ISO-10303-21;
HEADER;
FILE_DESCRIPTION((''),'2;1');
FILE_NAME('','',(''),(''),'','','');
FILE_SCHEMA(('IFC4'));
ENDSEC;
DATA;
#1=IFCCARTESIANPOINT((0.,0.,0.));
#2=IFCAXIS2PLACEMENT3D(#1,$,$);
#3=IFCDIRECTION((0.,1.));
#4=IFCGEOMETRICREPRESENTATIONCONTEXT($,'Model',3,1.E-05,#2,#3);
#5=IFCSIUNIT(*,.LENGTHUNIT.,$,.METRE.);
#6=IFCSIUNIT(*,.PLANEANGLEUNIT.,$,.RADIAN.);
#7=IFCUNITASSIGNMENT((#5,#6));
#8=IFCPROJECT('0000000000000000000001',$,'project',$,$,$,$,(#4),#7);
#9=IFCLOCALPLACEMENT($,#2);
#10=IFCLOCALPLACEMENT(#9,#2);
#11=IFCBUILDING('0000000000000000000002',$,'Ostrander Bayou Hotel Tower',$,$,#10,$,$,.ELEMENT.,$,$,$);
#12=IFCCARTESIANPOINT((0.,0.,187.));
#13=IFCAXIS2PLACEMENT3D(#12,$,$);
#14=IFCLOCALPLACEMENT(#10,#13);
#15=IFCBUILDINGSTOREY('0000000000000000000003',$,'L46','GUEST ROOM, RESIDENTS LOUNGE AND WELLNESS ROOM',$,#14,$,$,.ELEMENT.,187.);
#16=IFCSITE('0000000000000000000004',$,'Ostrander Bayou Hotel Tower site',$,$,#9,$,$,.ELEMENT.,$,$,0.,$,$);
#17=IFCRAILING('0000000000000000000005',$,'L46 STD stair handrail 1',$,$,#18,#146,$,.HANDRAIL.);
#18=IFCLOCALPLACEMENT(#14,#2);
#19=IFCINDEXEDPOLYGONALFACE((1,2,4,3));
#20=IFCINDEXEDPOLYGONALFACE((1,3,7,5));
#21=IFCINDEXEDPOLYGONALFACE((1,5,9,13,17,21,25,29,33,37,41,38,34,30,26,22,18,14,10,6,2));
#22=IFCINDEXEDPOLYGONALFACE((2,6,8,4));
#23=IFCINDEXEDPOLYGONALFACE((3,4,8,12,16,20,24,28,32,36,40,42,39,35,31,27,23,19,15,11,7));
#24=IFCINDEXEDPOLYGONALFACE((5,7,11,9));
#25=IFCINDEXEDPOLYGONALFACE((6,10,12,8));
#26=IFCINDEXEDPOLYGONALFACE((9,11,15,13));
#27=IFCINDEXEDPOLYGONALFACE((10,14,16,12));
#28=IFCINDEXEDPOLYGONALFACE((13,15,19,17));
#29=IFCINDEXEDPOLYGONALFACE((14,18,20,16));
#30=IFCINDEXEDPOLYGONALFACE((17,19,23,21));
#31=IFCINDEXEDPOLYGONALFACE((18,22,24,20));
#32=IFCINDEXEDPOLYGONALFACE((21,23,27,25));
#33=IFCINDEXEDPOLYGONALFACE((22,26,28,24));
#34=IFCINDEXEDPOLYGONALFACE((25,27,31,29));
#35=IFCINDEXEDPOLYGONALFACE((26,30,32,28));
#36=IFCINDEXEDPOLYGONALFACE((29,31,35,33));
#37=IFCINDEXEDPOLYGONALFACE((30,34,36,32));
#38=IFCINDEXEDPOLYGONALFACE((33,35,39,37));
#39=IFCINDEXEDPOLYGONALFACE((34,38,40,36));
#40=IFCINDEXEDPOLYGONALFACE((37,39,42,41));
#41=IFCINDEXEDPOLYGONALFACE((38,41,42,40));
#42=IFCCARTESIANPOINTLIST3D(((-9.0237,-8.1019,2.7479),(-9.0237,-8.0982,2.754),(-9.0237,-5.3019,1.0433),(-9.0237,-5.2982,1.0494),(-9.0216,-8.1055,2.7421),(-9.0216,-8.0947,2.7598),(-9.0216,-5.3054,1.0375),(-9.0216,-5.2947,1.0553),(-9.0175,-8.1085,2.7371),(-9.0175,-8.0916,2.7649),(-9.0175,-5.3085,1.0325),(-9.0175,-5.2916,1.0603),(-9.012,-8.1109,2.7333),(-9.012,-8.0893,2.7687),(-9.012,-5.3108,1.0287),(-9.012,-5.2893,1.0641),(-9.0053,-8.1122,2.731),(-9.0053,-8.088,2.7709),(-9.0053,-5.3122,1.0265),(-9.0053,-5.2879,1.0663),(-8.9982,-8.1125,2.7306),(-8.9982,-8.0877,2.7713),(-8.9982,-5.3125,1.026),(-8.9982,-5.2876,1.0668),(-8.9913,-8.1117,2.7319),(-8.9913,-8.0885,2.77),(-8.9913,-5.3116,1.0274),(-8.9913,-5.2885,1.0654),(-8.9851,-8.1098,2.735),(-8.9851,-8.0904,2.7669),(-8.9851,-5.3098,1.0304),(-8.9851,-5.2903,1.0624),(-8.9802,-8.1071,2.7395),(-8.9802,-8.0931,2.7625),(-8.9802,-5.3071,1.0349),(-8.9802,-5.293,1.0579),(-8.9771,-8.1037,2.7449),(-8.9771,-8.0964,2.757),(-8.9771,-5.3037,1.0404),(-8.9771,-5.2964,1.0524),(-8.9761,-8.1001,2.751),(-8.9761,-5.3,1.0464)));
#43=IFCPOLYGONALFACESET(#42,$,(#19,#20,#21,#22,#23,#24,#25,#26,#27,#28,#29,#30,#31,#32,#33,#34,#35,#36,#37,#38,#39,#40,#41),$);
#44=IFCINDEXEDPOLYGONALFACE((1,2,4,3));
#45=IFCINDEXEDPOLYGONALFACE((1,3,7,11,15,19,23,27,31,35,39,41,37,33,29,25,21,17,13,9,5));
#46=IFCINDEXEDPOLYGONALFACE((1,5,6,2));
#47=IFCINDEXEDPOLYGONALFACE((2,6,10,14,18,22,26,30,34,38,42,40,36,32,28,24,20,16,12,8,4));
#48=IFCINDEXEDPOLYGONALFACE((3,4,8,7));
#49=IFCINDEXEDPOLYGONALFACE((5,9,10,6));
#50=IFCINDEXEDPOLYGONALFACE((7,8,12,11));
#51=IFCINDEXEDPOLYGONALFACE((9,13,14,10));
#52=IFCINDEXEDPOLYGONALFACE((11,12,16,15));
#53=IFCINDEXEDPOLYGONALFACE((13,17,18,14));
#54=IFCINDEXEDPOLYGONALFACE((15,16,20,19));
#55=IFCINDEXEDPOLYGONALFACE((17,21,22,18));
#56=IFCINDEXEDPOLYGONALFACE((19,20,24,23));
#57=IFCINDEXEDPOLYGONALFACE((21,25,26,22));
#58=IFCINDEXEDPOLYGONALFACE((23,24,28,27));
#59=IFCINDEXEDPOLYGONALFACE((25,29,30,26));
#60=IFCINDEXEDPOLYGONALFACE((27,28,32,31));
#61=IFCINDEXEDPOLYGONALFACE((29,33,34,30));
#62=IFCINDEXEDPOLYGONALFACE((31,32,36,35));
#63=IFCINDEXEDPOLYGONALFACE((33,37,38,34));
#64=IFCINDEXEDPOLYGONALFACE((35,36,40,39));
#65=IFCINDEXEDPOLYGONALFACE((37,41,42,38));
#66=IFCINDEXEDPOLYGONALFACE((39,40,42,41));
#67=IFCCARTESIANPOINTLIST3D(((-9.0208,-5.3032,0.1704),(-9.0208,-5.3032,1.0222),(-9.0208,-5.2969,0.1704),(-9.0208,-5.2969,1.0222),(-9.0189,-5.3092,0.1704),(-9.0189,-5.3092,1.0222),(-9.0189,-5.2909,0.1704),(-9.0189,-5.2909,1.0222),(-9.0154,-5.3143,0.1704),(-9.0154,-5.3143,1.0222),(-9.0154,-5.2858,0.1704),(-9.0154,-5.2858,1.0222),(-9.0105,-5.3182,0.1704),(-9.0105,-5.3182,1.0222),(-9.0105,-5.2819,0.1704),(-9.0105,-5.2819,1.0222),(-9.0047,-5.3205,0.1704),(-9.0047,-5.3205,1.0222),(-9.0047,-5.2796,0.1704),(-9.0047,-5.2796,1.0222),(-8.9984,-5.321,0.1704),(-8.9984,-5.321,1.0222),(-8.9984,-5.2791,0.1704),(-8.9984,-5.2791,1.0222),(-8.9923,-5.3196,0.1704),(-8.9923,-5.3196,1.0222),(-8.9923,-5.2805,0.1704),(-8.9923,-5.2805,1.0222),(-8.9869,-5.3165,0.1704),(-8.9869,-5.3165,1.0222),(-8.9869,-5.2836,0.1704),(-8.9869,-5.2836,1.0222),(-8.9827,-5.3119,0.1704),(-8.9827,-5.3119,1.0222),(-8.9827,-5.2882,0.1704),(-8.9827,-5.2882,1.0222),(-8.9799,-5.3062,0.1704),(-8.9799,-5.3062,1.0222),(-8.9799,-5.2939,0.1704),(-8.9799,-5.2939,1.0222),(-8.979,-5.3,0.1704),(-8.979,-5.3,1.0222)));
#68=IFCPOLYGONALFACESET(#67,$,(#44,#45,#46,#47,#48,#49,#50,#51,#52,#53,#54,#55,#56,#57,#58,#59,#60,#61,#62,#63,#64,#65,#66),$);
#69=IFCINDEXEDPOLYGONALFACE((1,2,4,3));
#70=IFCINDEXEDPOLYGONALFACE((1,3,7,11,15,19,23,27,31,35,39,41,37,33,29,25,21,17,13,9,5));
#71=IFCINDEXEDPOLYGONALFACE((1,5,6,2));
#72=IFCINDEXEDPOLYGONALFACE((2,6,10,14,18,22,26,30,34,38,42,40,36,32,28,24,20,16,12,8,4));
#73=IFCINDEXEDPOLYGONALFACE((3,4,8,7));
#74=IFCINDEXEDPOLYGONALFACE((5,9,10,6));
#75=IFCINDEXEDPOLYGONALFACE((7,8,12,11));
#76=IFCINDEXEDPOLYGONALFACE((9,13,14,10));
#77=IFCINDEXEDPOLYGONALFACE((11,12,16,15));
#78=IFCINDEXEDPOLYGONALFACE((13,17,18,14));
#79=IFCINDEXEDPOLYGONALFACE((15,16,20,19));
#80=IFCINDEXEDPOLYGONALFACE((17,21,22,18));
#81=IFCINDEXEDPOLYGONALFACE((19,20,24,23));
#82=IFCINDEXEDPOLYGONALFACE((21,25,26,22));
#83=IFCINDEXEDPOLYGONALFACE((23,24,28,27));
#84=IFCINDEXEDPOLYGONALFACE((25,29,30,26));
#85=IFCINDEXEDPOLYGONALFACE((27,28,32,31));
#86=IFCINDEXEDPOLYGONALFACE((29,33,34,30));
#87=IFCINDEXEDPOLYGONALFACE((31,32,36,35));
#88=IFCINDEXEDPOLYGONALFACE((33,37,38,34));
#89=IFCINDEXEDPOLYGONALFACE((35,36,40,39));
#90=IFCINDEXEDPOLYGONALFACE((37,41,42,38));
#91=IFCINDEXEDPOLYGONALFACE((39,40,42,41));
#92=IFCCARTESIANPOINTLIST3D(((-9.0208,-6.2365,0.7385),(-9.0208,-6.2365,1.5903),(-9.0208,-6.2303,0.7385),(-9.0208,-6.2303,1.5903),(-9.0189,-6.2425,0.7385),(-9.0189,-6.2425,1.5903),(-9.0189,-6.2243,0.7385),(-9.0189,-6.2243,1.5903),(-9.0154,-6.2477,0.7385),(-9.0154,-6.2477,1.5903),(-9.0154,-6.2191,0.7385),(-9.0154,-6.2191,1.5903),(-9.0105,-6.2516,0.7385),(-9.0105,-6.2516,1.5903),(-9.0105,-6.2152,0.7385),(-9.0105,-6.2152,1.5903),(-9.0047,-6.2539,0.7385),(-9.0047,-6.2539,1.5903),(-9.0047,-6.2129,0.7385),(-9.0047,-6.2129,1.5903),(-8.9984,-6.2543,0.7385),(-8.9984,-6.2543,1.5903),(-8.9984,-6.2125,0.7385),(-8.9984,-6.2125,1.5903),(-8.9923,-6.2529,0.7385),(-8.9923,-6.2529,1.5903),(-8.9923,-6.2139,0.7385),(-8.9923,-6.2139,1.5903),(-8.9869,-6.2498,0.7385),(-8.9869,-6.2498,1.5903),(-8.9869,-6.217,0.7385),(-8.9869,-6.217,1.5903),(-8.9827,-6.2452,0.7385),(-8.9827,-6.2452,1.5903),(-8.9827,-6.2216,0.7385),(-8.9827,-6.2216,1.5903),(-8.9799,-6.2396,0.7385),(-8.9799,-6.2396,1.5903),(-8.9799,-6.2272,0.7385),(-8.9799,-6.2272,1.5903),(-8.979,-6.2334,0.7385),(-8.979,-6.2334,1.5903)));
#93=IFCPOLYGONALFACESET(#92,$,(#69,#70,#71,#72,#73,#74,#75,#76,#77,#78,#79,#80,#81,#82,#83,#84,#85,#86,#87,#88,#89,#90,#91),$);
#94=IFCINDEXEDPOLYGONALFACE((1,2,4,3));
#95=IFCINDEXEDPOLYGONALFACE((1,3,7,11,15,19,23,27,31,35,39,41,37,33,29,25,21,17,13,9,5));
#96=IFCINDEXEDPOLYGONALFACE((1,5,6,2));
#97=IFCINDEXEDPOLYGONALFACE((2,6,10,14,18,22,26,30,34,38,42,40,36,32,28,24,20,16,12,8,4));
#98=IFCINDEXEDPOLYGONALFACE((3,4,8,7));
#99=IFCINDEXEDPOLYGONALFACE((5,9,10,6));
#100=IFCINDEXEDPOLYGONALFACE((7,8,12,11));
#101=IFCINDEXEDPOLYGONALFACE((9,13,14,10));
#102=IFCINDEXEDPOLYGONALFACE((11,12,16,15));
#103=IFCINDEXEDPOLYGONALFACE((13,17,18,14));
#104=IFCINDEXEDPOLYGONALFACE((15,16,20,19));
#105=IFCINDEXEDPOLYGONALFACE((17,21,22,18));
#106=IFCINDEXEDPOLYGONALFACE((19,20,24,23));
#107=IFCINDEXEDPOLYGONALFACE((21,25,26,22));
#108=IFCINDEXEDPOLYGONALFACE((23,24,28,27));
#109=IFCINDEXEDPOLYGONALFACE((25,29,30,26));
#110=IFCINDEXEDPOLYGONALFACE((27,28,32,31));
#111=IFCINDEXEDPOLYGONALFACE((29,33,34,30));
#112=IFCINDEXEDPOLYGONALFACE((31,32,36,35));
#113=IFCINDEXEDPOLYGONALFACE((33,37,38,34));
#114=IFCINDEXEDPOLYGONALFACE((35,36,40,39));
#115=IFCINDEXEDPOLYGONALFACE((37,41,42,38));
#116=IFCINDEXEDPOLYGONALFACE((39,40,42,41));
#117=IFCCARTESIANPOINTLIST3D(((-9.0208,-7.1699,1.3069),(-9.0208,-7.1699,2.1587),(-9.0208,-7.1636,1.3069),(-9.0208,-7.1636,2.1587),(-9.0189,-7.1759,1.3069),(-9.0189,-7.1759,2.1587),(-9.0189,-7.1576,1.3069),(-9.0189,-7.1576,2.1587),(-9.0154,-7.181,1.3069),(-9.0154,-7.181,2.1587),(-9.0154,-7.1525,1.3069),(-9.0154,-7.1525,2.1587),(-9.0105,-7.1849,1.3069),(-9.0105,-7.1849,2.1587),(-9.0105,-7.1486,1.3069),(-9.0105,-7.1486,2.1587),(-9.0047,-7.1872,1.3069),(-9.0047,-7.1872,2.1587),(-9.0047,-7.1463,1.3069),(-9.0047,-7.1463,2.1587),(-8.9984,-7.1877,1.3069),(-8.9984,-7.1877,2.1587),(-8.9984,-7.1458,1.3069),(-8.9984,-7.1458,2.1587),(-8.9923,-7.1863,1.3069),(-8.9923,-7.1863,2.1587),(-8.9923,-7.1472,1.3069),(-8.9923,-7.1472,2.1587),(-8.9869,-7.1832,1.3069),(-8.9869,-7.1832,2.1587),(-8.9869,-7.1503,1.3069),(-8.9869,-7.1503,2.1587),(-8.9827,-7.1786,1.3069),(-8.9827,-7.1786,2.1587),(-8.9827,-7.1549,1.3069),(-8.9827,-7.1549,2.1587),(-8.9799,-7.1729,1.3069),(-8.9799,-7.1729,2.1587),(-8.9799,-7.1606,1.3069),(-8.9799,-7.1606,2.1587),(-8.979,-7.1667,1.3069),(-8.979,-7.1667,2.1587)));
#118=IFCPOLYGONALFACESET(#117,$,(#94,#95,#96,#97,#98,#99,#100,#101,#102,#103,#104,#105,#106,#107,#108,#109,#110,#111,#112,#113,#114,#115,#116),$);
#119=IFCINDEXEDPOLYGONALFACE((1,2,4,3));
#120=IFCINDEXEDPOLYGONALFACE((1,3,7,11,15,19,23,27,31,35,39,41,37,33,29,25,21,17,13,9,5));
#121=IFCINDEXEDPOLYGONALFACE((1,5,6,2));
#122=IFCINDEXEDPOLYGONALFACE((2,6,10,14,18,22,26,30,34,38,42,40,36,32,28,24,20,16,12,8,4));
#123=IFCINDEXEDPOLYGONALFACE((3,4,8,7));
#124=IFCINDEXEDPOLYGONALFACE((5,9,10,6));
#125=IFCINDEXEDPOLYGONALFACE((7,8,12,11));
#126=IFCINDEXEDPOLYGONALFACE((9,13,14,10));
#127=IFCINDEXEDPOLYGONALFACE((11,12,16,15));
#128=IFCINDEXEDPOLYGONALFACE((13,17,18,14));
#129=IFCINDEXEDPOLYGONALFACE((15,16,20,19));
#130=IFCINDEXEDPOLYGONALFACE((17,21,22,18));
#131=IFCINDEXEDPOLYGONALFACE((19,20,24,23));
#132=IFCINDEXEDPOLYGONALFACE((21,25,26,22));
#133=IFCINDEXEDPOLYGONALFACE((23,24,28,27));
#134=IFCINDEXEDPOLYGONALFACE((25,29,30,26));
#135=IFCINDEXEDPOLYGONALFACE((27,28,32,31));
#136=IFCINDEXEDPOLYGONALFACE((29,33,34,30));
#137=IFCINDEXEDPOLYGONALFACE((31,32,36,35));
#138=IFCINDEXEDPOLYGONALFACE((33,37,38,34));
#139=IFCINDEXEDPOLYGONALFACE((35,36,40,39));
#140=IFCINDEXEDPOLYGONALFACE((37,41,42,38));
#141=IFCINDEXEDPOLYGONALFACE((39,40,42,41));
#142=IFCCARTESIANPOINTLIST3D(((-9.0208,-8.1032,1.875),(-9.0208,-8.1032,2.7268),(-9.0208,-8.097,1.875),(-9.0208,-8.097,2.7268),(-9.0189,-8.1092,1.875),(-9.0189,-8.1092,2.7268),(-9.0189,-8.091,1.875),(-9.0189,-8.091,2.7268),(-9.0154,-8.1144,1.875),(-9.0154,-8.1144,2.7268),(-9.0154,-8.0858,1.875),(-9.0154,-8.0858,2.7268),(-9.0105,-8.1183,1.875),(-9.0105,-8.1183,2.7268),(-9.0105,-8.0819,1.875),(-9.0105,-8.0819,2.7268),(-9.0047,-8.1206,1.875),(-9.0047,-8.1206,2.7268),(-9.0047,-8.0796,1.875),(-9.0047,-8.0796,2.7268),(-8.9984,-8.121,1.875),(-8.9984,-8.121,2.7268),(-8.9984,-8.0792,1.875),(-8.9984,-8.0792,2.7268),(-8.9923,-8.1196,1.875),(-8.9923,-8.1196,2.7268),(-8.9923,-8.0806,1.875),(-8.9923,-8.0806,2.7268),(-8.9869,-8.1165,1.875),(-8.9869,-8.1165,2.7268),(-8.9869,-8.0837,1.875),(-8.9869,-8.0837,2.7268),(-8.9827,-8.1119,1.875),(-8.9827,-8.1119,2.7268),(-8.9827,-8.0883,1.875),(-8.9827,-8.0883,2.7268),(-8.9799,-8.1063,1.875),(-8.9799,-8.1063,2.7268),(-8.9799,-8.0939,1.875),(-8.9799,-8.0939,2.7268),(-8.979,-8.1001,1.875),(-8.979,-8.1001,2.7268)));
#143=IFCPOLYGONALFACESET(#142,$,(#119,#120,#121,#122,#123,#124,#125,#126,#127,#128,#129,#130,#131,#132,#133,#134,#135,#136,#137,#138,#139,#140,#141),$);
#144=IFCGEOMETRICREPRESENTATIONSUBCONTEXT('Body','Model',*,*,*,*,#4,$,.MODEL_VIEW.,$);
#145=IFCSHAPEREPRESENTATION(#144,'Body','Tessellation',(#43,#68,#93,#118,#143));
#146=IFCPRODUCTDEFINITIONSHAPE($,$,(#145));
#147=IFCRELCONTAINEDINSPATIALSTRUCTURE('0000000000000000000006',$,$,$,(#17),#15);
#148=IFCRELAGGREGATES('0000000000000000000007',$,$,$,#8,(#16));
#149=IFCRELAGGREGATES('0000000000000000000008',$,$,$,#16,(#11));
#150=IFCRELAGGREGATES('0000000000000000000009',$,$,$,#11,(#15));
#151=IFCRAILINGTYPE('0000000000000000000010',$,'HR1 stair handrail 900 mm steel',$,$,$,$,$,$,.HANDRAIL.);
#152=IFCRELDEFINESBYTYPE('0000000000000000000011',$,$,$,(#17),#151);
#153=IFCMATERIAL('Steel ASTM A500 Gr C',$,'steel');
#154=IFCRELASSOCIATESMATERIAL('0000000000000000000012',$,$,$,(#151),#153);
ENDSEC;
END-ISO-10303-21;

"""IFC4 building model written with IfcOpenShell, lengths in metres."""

from ifc_helpers import new_model, si_unit, direction, frame, origin, origin_2d, place, context, subcontext, project, spatial, circle, extrude, material, type_object, element, save


model = new_model("IFC4")

# Units and contexts
model_context = context("Model", 3, precision=1e-05, world=origin(), true_north=direction((0.0, 1.0)))
body_context = subcontext(model_context, "Body", "Model", "MODEL_VIEW")
ifc_project = project(units=[si_unit("LENGTHUNIT", "METRE"), si_unit("PLANEANGLEUNIT", "RADIAN")], contexts=[model_context])

# Site, building, storey
site_placement = place(None, origin())
site = spatial("IfcSite", under=ifc_project, at=site_placement, Name="Ostrander Bayou Hotel Tower site", CompositionType="ELEMENT", RefElevation=0.0)
building_placement = place(site_placement, origin())
building = spatial("IfcBuilding", under=site, at=building_placement, Name="Ostrander Bayou Hotel Tower", CompositionType="ELEMENT")
storey_placement = place(building_placement, frame((0.0, 0.0, 187.0)))
storey = spatial("IfcBuildingStorey", under=building, at=storey_placement, Name="L46", Description="GUEST ROOM, RESIDENTS LOUNGE AND WELLNESS ROOM", CompositionType="ELEMENT", Elevation=187.0)

# Railing
ifc_material_1 = material(Name="Steel ASTM A500 Gr C", Category="steel")
railing_type_1 = type_object("IfcRailingType", Name="HR1 stair handrail 900 mm steel", PredefinedType="HANDRAIL", material=ifc_material_1)
railing_1_placement = place(storey_placement, frame((-9.0, -5.3, 0.1704)))
element("IfcRailing", 1, at=railing_1_placement, inside=storey, type_object=railing_type_1, Name="L46 STD stair handrail 1", PredefinedType="HANDRAIL", context=body_context, shape_type="SweptSolid", body=[
    extrude(circle(Radius=0.0239, at=origin_2d()), frame((0.0, 0.0, 0.876), z_axis=(0.0, -0.85417, 0.519994), x_axis=(1.0, 0.0, 0.0)), (0.0, 0.0, 1.0), 3.2781),
    extrude(circle(Radius=0.021, at=origin_2d()), origin(), (0.0, 0.0, 1.0), 0.8518),
    extrude(circle(Radius=0.021, at=origin_2d()), frame((0.0, -0.9333, 0.5681)), (0.0, 0.0, 1.0), 0.8518),
    extrude(circle(Radius=0.021, at=origin_2d()), frame((0.0, -1.8667, 1.1365)), (0.0, 0.0, 1.0), 0.8518),
    extrude(circle(Radius=0.021, at=origin_2d()), frame((0.0, -2.8, 1.7046)), (0.0, 0.0, 1.0), 0.8518),
])

save(model, "model.ifc")
